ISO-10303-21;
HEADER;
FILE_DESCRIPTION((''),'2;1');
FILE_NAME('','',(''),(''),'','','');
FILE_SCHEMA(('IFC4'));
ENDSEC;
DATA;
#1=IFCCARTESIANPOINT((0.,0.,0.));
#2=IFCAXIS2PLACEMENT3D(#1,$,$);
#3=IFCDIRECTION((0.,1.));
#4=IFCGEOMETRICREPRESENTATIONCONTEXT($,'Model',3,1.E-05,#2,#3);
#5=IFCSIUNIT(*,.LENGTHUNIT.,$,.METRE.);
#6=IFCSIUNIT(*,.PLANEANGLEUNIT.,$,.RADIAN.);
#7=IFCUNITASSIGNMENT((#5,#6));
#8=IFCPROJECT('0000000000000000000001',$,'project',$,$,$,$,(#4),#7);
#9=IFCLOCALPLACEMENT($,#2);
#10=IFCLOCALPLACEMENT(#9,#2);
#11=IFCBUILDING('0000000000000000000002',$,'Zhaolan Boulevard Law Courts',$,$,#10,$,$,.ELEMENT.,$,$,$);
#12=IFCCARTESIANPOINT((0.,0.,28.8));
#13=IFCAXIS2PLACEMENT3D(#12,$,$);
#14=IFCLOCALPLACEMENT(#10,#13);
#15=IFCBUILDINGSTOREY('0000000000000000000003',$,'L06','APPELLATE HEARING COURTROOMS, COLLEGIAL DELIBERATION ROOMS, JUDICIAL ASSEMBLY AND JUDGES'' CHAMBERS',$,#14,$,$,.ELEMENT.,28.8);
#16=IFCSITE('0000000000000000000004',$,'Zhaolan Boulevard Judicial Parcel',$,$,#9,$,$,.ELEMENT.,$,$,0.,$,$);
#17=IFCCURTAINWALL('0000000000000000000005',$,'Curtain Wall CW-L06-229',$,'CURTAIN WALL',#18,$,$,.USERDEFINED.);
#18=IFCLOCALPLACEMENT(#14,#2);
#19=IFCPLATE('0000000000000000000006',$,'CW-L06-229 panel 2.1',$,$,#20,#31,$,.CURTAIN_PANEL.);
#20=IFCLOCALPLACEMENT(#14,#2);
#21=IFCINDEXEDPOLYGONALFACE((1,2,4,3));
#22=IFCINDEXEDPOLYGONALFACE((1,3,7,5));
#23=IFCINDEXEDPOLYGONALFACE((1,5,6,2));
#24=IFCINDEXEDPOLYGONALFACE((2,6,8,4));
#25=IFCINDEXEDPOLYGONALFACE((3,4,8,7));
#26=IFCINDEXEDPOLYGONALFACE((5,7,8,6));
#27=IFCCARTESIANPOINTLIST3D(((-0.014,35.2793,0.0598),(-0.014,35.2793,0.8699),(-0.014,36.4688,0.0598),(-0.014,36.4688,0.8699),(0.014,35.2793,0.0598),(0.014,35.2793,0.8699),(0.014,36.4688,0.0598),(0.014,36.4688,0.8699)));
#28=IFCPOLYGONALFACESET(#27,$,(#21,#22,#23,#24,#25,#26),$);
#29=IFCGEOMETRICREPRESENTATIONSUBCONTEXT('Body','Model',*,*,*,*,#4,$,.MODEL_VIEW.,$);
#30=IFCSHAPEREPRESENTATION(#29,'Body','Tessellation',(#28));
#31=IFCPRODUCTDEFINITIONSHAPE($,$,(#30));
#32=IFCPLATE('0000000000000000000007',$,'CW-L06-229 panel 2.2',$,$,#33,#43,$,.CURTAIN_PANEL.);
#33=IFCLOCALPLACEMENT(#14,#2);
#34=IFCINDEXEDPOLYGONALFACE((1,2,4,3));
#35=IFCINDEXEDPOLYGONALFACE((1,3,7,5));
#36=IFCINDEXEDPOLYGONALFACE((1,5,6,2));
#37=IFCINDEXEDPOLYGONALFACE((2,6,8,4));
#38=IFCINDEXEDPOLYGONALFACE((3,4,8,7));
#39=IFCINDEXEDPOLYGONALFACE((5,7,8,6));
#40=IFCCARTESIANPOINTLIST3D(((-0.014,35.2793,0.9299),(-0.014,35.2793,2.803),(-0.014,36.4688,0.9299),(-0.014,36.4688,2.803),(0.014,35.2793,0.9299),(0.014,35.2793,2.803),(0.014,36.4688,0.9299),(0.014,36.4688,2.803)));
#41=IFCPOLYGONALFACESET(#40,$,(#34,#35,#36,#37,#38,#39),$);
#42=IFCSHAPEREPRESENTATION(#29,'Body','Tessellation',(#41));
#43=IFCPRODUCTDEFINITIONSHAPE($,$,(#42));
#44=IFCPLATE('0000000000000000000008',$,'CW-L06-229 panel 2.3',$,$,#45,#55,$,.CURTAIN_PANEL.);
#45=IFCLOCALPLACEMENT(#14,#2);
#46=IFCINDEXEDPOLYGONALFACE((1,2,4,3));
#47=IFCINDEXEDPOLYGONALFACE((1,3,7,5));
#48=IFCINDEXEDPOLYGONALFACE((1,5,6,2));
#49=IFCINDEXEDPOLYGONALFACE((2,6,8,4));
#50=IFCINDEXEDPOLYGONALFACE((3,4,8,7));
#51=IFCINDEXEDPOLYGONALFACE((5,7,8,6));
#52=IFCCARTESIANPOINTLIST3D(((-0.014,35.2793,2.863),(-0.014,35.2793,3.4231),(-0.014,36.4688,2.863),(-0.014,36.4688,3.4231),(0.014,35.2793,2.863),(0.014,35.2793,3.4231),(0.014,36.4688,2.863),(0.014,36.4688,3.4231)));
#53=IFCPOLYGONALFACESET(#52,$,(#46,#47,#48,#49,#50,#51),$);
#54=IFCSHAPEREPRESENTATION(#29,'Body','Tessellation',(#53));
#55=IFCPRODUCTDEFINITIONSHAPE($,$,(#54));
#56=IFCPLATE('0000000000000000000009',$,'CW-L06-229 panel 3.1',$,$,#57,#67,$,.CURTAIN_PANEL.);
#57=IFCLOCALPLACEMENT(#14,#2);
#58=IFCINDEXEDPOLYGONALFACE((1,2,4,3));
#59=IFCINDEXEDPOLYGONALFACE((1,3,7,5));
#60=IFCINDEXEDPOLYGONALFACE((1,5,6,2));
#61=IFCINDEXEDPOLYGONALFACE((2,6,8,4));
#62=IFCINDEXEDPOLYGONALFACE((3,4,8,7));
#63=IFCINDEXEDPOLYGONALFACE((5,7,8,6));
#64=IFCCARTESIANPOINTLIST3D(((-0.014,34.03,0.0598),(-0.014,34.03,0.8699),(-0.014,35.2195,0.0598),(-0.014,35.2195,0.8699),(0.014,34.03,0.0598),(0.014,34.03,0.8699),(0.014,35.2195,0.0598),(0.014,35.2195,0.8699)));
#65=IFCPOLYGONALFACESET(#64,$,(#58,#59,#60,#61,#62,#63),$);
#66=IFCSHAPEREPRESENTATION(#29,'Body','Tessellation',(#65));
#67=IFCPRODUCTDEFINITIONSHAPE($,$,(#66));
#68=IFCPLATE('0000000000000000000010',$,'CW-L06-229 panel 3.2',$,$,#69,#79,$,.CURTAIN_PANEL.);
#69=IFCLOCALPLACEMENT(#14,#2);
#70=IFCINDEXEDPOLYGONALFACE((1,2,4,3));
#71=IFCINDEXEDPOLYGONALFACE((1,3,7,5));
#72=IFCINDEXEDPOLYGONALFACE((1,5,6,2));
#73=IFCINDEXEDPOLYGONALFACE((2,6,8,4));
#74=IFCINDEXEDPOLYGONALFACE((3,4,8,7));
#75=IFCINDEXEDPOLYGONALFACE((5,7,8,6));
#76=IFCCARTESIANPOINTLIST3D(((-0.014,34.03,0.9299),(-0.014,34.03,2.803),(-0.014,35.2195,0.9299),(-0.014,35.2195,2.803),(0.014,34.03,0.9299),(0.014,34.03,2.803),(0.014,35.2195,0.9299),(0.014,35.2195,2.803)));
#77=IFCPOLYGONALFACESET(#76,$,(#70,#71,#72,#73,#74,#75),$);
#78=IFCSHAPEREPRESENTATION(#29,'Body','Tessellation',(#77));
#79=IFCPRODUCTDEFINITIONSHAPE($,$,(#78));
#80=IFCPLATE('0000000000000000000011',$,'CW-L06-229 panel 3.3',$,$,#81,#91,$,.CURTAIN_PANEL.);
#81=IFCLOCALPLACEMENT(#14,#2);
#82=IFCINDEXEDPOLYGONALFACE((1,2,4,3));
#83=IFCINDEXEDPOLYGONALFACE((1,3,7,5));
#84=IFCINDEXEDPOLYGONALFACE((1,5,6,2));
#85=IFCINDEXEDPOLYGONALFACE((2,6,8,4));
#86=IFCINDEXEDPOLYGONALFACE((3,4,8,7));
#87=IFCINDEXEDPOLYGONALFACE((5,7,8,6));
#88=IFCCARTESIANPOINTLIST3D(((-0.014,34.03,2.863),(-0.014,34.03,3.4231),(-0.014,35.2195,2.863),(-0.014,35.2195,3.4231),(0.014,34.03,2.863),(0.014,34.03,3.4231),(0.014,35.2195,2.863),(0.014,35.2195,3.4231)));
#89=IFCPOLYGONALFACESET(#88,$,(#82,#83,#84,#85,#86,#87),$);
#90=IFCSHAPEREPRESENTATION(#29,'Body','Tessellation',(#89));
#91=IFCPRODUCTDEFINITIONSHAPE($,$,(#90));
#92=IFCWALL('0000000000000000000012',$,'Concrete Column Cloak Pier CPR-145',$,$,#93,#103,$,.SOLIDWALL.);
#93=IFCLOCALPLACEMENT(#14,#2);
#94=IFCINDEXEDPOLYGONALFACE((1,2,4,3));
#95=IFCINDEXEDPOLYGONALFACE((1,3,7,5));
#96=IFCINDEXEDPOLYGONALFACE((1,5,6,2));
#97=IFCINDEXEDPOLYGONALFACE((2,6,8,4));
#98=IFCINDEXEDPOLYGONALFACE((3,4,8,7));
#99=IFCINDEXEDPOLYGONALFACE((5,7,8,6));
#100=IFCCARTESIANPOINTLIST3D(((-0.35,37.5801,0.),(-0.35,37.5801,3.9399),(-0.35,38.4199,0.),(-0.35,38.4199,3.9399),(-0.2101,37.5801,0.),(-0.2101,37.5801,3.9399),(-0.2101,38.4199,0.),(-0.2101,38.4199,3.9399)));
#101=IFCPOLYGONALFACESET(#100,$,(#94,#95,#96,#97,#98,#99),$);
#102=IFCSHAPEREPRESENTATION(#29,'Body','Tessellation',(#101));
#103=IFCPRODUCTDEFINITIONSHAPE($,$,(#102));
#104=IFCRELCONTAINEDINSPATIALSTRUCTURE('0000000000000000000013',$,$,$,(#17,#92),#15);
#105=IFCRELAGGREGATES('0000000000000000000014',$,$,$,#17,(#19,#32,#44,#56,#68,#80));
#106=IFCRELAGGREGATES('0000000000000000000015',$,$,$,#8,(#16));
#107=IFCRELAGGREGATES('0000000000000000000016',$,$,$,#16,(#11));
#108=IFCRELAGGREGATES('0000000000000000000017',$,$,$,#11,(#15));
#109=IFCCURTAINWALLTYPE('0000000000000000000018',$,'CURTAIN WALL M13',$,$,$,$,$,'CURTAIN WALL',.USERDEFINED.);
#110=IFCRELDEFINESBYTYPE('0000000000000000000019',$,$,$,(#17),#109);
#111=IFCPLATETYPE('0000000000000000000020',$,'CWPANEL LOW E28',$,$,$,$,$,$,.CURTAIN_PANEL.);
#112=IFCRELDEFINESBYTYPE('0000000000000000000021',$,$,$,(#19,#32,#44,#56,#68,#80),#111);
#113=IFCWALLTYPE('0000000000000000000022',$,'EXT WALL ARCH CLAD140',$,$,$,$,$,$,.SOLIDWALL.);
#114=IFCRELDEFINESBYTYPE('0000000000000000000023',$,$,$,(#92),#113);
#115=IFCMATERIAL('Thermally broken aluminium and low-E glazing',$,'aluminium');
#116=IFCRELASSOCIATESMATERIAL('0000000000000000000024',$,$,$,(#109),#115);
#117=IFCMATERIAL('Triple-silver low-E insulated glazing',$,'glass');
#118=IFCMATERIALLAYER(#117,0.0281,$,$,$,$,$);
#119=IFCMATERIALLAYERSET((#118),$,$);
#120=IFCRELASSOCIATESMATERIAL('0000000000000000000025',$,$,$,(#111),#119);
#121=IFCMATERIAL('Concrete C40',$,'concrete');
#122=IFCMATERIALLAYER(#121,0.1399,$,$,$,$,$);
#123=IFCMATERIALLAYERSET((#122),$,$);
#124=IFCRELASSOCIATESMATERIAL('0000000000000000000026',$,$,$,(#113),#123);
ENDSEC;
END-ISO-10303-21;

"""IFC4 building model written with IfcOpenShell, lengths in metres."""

from ifc_helpers import new_model, si_unit, direction, frame, frame_2d, origin, origin_2d, place, context, subcontext, project, spatial, rectangle, extrude, material, layer, layer_set, type_object, element, aggregate, save


model = new_model("IFC4")

# Units and contexts
model_context = context("Model", 3, precision=1e-05, world=origin(), true_north=direction((0.0, 1.0)))
body_context = subcontext(model_context, "Body", "Model", "MODEL_VIEW")
ifc_project = project(units=[si_unit("LENGTHUNIT", "METRE"), si_unit("PLANEANGLEUNIT", "RADIAN")], contexts=[model_context])

# Site, building, storey
site_placement = place(None, origin())
site = spatial("IfcSite", under=ifc_project, at=site_placement, Name="Zhaolan Boulevard Judicial Parcel", CompositionType="ELEMENT", RefElevation=0.0)
building_placement = place(site_placement, origin())
building = spatial("IfcBuilding", under=site, at=building_placement, Name="Zhaolan Boulevard Law Courts", CompositionType="ELEMENT")
storey_placement = place(building_placement, frame((0.0, 0.0, 28.8)))
storey = spatial("IfcBuildingStorey", under=building, at=storey_placement, Name="L06", Description="APPELLATE HEARING COURTROOMS, COLLEGIAL DELIBERATION ROOMS, JUDICIAL ASSEMBLY AND JUDGES' CHAMBERS", CompositionType="ELEMENT", Elevation=28.8)

# Curtain wall, plates
ifc_material_1 = material(Name="Thermally broken aluminium and low-E glazing", Category="aluminium")
curtain_wall_type = type_object("IfcCurtainWallType", Name="CURTAIN WALL M13", ElementType="CURTAIN WALL", PredefinedType="USERDEFINED", material=ifc_material_1)
curtain_wall_placement = place(storey_placement, origin())
curtain_wall = element("IfcCurtainWall", 1, at=curtain_wall_placement, inside=storey, type_object=curtain_wall_type, Name="Curtain Wall CW-L06-229", ObjectType="CURTAIN WALL", PredefinedType="USERDEFINED")
ifc_material_2 = material(Name="Triple-silver low-E insulated glazing", Category="glass")
ifc_layer_1 = layer(ifc_material_2, 0.0281)
ifc_layer_set_1 = layer_set([ifc_layer_1])
plate_type = type_object("IfcPlateType", Name="CWPANEL LOW E28", PredefinedType="CURTAIN_PANEL", material=ifc_layer_set_1)
plate_1_placement = place(storey_placement, frame((0.0, 35.874, 0.0598), z_axis=(0.0, 0.0, 1.0), x_axis=(0.0, -1.0, 0.0)))
plate_1 = element("IfcPlate", 2, at=plate_1_placement, type_object=plate_type, Name="CW-L06-229 panel 2.1", PredefinedType="CURTAIN_PANEL", context=body_context, shape_type="SweptSolid", body=[
    extrude(rectangle(XDim=1.1895, YDim=0.0281, at=origin_2d()), origin(), (0.0, 0.0, 1.0), 0.8101),
])
plate_2_placement = place(storey_placement, frame((0.0, 35.874, 0.9299), z_axis=(0.0, 0.0, 1.0), x_axis=(0.0, -1.0, 0.0)))
plate_2 = element("IfcPlate", 3, at=plate_2_placement, type_object=plate_type, Name="CW-L06-229 panel 2.2", PredefinedType="CURTAIN_PANEL", context=body_context, shape_type="SweptSolid", body=[
    extrude(rectangle(XDim=1.1895, YDim=0.0281, at=origin_2d()), origin(), (0.0, 0.0, 1.0), 1.873),
])
plate_3_placement = place(storey_placement, frame((0.0, 35.874, 2.863), z_axis=(0.0, 0.0, 1.0), x_axis=(0.0, -1.0, 0.0)))
plate_3 = element("IfcPlate", 4, at=plate_3_placement, type_object=plate_type, Name="CW-L06-229 panel 2.3", PredefinedType="CURTAIN_PANEL", context=body_context, shape_type="SweptSolid", body=[
    extrude(rectangle(XDim=1.1895, YDim=0.0281, at=origin_2d()), origin(), (0.0, 0.0, 1.0), 0.5601),
])
plate_4_placement = place(storey_placement, frame((0.0, 34.6248, 0.0598), z_axis=(0.0, 0.0, 1.0), x_axis=(0.0, -1.0, 0.0)))
plate_4 = element("IfcPlate", 5, at=plate_4_placement, type_object=plate_type, Name="CW-L06-229 panel 3.1", PredefinedType="CURTAIN_PANEL", context=body_context, shape_type="SweptSolid", body=[
    extrude(rectangle(XDim=1.1895, YDim=0.0281, at=origin_2d()), origin(), (0.0, 0.0, 1.0), 0.8101),
])
plate_5_placement = place(storey_placement, frame((0.0, 34.6248, 0.9299), z_axis=(0.0, 0.0, 1.0), x_axis=(0.0, -1.0, 0.0)))
plate_5 = element("IfcPlate", 6, at=plate_5_placement, type_object=plate_type, Name="CW-L06-229 panel 3.2", PredefinedType="CURTAIN_PANEL", context=body_context, shape_type="SweptSolid", body=[
    extrude(rectangle(XDim=1.1895, YDim=0.0281, at=origin_2d()), origin(), (0.0, 0.0, 1.0), 1.873),
])
plate_6_placement = place(storey_placement, frame((0.0, 34.6248, 2.863), z_axis=(0.0, 0.0, 1.0), x_axis=(0.0, -1.0, 0.0)))
plate_6 = element("IfcPlate", 7, at=plate_6_placement, type_object=plate_type, Name="CW-L06-229 panel 3.3", PredefinedType="CURTAIN_PANEL", context=body_context, shape_type="SweptSolid", body=[
    extrude(rectangle(XDim=1.1895, YDim=0.0281, at=origin_2d()), origin(), (0.0, 0.0, 1.0), 0.5601),
])
aggregate(curtain_wall, [plate_1, plate_2, plate_3, plate_4, plate_5, plate_6])

# Wall
ifc_material_3 = material(Name="Concrete C40", Category="concrete")
ifc_layer_2 = layer(ifc_material_3, 0.1399)
ifc_layer_set_2 = layer_set([ifc_layer_2])
wall_type = type_object("IfcWallType", Name="EXT WALL ARCH CLAD140", PredefinedType="SOLIDWALL", material=ifc_layer_set_2)
wall_placement = place(storey_placement, frame((-0.28, 37.5801, 0.0), z_axis=(0.0, 0.0, 1.0), x_axis=(0.0, 1.0, 0.0)))
element("IfcWall", 8, at=wall_placement, inside=storey, type_object=wall_type, Name="Concrete Column Cloak Pier CPR-145", PredefinedType="SOLIDWALL", context=body_context, shape_type="SweptSolid", body=[
    extrude(rectangle(XDim=0.8398, YDim=0.1399, at=frame_2d((0.4199, 0.0))), origin(), (0.0, 0.0, 1.0), 3.9399),
])

save(model, "model.ifc")
